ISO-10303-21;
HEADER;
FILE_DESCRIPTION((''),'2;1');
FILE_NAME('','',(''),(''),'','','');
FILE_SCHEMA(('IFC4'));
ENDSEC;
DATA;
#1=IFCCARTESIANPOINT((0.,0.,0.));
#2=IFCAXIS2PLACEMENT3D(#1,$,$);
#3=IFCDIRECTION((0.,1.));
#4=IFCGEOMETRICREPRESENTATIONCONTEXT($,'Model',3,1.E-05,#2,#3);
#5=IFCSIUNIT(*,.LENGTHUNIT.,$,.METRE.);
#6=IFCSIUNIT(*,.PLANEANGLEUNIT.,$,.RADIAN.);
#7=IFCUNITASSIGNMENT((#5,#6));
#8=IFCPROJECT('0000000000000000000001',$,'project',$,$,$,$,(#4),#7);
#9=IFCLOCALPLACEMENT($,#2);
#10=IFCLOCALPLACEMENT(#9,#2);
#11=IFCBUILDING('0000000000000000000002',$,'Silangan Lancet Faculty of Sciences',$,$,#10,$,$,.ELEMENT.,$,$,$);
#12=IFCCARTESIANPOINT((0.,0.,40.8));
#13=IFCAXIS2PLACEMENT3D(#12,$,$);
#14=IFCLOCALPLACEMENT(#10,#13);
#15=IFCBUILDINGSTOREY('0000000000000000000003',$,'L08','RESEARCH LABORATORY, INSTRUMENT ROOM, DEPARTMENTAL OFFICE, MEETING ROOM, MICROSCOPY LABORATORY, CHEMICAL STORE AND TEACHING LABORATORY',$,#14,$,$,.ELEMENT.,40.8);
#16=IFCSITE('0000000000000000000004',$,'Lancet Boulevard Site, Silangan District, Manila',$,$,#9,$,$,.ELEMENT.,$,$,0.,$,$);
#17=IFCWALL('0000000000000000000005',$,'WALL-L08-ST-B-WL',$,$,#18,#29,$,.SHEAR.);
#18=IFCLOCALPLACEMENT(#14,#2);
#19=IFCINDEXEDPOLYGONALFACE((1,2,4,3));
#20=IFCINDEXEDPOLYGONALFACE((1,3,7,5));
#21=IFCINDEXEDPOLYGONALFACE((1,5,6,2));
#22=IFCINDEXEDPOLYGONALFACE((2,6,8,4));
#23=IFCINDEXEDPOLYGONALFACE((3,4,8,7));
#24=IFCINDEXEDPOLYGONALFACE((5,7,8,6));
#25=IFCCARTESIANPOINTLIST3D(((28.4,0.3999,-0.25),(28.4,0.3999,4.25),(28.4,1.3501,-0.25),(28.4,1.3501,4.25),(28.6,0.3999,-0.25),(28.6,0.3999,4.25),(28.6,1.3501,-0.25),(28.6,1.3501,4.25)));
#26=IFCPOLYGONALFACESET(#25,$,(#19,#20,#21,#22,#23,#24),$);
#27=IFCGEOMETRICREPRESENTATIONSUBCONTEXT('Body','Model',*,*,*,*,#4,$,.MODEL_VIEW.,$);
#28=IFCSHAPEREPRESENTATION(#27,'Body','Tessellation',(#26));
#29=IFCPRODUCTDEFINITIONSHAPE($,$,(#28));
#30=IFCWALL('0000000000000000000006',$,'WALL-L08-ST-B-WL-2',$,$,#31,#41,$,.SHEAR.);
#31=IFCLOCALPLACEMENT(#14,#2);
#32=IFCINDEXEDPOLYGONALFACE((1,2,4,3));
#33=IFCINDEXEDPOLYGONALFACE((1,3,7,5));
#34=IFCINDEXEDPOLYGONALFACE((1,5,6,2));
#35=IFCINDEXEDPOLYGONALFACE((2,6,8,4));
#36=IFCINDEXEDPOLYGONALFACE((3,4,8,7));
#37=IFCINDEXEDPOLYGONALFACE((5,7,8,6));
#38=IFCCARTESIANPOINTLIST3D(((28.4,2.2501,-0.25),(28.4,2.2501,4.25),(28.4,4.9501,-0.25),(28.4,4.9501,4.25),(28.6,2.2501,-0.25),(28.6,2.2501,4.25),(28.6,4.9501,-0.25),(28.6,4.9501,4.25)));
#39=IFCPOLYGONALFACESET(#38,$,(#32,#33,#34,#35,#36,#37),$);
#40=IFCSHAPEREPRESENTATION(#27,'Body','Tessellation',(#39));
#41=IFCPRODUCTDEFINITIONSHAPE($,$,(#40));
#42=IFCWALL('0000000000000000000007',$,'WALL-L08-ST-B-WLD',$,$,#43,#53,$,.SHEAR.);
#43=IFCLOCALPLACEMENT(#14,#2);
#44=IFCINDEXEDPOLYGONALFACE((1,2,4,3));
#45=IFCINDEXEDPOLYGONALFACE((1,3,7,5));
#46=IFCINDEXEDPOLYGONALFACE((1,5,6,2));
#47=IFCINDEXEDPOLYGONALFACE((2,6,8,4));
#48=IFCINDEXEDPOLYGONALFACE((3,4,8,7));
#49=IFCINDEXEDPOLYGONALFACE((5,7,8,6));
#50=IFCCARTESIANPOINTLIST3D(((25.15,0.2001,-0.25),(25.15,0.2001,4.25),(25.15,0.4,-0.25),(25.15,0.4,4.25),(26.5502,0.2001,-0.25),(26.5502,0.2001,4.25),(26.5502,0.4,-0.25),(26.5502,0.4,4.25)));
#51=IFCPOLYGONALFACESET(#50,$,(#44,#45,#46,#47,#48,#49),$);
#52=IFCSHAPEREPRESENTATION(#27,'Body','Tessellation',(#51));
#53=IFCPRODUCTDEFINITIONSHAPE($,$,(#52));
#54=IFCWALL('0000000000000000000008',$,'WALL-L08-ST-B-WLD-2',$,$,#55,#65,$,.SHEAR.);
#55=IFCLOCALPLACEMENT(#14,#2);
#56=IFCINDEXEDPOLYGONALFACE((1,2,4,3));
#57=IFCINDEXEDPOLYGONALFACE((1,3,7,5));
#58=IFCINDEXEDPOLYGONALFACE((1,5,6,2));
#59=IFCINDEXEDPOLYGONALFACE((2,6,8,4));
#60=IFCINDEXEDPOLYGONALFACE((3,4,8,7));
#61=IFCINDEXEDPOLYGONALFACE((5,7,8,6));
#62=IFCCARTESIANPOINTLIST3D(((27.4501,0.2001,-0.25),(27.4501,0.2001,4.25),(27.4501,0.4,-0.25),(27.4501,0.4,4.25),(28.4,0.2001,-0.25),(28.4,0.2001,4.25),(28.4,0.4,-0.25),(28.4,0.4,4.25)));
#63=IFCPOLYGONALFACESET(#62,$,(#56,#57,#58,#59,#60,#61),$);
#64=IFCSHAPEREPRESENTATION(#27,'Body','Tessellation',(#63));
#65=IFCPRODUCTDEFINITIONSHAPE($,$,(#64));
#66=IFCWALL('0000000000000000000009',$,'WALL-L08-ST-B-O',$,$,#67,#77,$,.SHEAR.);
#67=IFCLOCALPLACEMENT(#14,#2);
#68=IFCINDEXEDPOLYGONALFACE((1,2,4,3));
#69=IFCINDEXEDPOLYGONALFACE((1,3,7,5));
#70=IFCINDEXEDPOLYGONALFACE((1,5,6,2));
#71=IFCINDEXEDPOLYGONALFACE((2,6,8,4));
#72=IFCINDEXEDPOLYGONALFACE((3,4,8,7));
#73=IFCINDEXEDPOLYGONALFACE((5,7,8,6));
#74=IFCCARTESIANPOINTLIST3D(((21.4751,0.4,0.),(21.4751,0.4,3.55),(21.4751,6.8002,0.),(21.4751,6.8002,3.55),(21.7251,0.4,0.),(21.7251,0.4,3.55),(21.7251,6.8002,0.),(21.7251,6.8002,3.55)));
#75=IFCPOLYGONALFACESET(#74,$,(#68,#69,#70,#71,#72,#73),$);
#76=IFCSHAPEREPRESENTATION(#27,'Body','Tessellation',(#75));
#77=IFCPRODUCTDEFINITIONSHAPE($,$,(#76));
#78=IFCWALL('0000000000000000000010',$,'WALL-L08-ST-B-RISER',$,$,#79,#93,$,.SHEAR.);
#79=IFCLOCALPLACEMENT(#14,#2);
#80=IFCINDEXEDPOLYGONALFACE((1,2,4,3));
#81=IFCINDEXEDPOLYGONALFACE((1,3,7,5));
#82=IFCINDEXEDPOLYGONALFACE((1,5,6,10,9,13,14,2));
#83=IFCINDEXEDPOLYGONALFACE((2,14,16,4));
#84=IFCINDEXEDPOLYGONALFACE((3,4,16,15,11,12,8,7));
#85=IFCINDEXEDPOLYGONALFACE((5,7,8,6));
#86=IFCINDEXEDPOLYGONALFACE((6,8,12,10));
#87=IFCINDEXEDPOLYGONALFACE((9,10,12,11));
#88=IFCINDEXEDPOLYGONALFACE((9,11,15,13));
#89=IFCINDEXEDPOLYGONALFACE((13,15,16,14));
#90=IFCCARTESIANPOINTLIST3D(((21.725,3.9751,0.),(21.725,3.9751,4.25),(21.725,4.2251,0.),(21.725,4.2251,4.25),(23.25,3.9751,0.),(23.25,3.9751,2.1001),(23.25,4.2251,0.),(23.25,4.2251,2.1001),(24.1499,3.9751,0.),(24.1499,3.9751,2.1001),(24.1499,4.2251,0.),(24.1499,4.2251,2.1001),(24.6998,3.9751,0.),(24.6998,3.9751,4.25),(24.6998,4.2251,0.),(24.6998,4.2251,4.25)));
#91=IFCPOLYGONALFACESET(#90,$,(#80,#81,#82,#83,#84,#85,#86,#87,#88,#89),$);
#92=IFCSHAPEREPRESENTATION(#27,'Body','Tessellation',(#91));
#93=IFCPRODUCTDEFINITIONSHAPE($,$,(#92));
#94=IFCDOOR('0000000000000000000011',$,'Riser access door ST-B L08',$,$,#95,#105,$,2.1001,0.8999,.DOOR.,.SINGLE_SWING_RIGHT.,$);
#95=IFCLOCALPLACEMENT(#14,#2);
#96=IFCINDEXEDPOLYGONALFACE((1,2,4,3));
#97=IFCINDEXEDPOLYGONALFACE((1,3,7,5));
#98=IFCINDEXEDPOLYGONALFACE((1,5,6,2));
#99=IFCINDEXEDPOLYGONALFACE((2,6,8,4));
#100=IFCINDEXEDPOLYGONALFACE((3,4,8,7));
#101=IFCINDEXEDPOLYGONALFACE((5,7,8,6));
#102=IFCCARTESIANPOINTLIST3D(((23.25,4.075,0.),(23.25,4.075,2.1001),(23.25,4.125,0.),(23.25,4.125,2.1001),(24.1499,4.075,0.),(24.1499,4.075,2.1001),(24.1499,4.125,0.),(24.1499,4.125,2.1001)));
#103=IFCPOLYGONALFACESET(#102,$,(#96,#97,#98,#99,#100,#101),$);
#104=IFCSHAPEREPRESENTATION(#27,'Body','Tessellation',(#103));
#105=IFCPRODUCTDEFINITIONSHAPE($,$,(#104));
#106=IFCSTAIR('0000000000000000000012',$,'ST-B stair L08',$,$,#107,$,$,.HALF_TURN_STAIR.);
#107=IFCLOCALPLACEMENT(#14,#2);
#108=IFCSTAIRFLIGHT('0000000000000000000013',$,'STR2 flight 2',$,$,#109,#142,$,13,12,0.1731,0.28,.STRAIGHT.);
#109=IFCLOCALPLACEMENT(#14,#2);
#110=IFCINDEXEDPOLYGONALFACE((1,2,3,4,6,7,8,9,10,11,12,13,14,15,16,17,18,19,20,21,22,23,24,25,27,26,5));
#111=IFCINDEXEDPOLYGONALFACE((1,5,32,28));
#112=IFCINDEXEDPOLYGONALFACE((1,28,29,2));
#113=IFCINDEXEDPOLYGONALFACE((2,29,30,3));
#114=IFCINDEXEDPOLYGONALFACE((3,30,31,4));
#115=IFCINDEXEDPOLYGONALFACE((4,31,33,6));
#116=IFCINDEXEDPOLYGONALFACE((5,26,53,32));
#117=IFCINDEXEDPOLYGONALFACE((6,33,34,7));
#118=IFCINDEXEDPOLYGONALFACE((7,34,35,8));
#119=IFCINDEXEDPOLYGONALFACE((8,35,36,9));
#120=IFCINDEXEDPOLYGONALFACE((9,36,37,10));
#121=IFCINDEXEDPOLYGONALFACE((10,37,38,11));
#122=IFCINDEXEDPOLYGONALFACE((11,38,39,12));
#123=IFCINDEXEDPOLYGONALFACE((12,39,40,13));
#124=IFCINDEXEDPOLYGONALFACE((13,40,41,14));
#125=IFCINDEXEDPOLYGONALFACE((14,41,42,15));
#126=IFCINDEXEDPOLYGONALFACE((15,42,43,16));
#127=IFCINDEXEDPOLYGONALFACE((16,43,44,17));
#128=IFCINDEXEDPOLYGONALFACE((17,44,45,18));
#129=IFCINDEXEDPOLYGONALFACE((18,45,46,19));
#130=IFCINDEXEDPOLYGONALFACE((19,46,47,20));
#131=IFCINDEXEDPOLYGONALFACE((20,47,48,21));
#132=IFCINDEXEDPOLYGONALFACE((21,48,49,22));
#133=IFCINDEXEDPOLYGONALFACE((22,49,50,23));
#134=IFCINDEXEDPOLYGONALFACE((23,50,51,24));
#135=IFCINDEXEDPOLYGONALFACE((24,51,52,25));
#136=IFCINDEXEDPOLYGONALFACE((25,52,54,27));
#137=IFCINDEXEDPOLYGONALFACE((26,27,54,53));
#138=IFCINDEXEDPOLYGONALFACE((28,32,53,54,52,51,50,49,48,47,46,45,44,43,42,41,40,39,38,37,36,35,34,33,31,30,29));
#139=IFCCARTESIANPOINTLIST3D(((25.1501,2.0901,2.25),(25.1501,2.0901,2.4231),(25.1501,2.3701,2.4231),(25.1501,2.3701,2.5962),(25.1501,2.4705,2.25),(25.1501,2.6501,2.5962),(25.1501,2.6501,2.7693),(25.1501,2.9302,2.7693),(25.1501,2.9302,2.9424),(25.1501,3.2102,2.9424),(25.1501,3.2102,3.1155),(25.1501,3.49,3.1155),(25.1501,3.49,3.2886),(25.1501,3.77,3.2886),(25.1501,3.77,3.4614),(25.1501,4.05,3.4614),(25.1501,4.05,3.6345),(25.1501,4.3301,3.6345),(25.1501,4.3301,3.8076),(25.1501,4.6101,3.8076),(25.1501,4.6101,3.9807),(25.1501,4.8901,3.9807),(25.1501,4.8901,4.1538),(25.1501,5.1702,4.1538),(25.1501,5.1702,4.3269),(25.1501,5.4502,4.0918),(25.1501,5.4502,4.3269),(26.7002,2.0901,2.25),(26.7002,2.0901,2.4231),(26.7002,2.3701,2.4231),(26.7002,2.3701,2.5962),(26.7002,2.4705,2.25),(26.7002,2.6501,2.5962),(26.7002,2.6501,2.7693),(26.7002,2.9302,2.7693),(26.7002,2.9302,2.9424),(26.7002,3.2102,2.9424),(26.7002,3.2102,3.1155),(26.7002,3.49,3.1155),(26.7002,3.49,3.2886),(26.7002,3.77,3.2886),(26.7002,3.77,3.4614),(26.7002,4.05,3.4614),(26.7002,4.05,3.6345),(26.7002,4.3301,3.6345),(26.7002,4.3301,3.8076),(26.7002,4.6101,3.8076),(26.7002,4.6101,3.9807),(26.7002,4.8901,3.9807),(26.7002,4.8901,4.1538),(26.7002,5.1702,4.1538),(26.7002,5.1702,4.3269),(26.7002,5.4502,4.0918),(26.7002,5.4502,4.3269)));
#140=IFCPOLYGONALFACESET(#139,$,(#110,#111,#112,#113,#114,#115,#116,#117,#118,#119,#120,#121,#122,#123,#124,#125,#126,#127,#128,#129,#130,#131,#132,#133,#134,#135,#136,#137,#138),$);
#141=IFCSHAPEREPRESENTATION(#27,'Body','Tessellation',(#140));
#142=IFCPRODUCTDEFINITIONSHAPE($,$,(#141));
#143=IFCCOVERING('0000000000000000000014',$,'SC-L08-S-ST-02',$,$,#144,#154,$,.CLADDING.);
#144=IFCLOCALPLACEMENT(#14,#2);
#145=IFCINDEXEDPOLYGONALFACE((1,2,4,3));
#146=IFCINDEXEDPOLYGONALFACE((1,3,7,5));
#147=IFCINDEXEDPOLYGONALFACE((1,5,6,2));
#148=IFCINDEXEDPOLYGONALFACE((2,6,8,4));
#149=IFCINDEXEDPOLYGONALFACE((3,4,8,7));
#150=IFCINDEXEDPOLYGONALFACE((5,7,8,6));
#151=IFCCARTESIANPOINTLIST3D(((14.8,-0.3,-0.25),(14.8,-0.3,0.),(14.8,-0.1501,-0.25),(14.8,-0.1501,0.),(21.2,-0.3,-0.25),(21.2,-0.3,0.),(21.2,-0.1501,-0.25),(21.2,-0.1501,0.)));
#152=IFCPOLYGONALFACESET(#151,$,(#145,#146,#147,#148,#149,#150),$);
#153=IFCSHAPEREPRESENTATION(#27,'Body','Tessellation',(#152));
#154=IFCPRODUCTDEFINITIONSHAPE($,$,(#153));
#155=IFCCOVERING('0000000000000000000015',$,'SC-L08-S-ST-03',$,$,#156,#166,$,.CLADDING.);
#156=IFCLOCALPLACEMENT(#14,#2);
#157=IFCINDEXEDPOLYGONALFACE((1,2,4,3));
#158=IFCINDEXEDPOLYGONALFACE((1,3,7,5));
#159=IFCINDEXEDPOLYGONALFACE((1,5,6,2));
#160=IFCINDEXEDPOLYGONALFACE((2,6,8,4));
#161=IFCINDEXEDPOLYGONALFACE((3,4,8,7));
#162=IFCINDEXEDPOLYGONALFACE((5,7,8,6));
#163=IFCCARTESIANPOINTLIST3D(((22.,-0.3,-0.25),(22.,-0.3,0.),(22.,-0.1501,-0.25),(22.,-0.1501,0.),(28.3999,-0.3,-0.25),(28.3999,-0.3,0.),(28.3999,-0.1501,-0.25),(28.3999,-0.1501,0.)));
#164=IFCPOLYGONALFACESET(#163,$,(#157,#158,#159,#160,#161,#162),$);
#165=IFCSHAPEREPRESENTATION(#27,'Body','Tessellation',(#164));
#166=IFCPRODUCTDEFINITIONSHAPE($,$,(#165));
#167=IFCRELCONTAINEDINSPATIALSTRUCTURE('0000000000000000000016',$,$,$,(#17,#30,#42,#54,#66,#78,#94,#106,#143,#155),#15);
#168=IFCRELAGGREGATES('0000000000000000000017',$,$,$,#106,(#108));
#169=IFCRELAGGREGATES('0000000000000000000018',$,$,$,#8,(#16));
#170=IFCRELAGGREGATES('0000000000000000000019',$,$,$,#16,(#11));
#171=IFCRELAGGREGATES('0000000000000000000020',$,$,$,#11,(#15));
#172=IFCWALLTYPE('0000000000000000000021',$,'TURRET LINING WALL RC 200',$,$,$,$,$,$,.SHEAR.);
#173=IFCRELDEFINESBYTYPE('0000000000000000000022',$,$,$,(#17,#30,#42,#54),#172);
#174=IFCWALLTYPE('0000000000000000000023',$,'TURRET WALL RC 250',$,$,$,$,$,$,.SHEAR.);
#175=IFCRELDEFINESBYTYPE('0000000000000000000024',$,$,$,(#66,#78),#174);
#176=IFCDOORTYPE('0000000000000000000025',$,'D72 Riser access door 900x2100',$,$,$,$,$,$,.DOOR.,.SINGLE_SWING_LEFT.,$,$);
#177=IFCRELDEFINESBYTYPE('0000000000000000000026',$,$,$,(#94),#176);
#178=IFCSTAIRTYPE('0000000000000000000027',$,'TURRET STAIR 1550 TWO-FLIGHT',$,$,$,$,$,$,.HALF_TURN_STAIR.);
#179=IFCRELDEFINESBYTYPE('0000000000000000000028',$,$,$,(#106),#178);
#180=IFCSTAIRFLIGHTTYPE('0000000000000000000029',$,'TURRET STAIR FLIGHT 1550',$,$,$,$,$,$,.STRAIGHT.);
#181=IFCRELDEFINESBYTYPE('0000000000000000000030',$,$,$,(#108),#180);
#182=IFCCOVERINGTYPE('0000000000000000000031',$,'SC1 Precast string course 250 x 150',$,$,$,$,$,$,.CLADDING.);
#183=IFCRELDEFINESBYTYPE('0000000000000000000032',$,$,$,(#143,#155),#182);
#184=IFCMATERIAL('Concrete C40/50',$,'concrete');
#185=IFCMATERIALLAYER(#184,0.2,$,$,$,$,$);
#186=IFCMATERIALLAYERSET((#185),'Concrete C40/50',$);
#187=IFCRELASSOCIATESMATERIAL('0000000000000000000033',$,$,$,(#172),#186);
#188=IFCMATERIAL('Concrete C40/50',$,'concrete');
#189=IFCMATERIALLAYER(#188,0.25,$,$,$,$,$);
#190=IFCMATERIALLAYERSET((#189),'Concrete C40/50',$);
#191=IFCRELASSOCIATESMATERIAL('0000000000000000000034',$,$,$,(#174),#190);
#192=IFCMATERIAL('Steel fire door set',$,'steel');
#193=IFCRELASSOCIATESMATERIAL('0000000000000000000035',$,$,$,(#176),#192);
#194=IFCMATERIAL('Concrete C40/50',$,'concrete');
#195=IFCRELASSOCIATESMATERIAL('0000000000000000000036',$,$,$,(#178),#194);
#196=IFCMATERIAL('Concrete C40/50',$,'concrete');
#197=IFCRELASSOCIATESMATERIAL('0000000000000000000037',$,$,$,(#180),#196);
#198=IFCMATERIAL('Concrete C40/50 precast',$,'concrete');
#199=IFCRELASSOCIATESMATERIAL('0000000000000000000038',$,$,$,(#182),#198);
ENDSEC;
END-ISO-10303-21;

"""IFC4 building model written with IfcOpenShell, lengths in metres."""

from ifc_helpers import new_model, si_unit, direction, frame, frame_2d, origin, origin_2d, place, context, subcontext, project, spatial, polyline, rectangle, outline, extrude, material, layer, layer_set, type_object, element, fill, aggregate, save


model = new_model("IFC4")

# Units and contexts
model_context = context("Model", 3, precision=1e-05, world=origin(), true_north=direction((0.0, 1.0)))
body_context = subcontext(model_context, "Body", "Model", "MODEL_VIEW")
ifc_project = project(units=[si_unit("LENGTHUNIT", "METRE"), si_unit("PLANEANGLEUNIT", "RADIAN")], contexts=[model_context])

# Site, building, storey
site_placement = place(None, origin())
site = spatial("IfcSite", under=ifc_project, at=site_placement, Name="Lancet Boulevard Site, Silangan District, Manila", CompositionType="ELEMENT", RefElevation=0.0)
building_placement = place(site_placement, origin())
building = spatial("IfcBuilding", under=site, at=building_placement, Name="Silangan Lancet Faculty of Sciences", CompositionType="ELEMENT")
storey_placement = place(building_placement, frame((0.0, 0.0, 40.8)))
storey = spatial("IfcBuildingStorey", under=building, at=storey_placement, Name="L08", Description="RESEARCH LABORATORY, INSTRUMENT ROOM, DEPARTMENTAL OFFICE, MEETING ROOM, MICROSCOPY LABORATORY, CHEMICAL STORE AND TEACHING LABORATORY", CompositionType="ELEMENT", Elevation=40.8)

# Walls
ifc_material_1 = material(Name="Concrete C40/50", Category="concrete")
ifc_layer_1 = layer(ifc_material_1, 0.2)
ifc_layer_set_1 = layer_set([ifc_layer_1], Name="Concrete C40/50")
wall_type_1 = type_object("IfcWallType", Name="TURRET LINING WALL RC 200", PredefinedType="SHEAR", material=ifc_layer_set_1)
wall_1_placement = place(storey_placement, frame((28.5, 0.3999, -0.25), z_axis=(0.0, 0.0, 1.0), x_axis=(0.0, 1.0, 0.0)))
element("IfcWall", 1, at=wall_1_placement, inside=storey, type_object=wall_type_1, Name="WALL-L08-ST-B-WL", PredefinedType="SHEAR", context=body_context, shape_type="SweptSolid", body=[
    extrude(rectangle(XDim=0.9502, YDim=0.2, at=frame_2d((0.4751, 0.0))), origin(), (0.0, 0.0, 1.0), 4.5),
])
wall_2_placement = place(storey_placement, frame((28.5, 2.25, -0.25), z_axis=(0.0, 0.0, 1.0), x_axis=(0.0, 1.0, 0.0)))
element("IfcWall", 2, at=wall_2_placement, inside=storey, type_object=wall_type_1, Name="WALL-L08-ST-B-WL-2", PredefinedType="SHEAR", context=body_context, shape_type="SweptSolid", body=[
    extrude(rectangle(XDim=2.7, YDim=0.2, at=frame_2d((1.3501, 0.0))), origin(), (0.0, 0.0, 1.0), 4.5),
])
wall_3_placement = place(storey_placement, frame((25.1499, 0.3, -0.25), z_axis=(0.0, 0.0, 1.0), x_axis=(1.0, 0.0, 0.0)))
element("IfcWall", 3, at=wall_3_placement, inside=storey, type_object=wall_type_1, Name="WALL-L08-ST-B-WLD", PredefinedType="SHEAR", context=body_context, shape_type="SweptSolid", body=[
    extrude(rectangle(XDim=1.4001, YDim=0.2, at=frame_2d((0.7002, 0.0))), origin(), (0.0, 0.0, 1.0), 4.5),
])
wall_4_placement = place(storey_placement, frame((27.45, 0.3, -0.25), z_axis=(0.0, 0.0, 1.0), x_axis=(1.0, 0.0, 0.0)))
element("IfcWall", 4, at=wall_4_placement, inside=storey, type_object=wall_type_1, Name="WALL-L08-ST-B-WLD-2", PredefinedType="SHEAR", context=body_context, shape_type="SweptSolid", body=[
    extrude(rectangle(XDim=0.95, YDim=0.2, at=frame_2d((0.4751, 0.0))), origin(), (0.0, 0.0, 1.0), 4.5),
])
ifc_material_2 = material(Name="Concrete C40/50", Category="concrete")
ifc_layer_2 = layer(ifc_material_2, 0.25)
ifc_layer_set_2 = layer_set([ifc_layer_2], Name="Concrete C40/50")
wall_type_2 = type_object("IfcWallType", Name="TURRET WALL RC 250", PredefinedType="SHEAR", material=ifc_layer_set_2)
wall_5_placement = place(storey_placement, frame((21.6001, 0.3999, 0.0), z_axis=(0.0, 0.0, 1.0), x_axis=(0.0, 1.0, 0.0)))
element("IfcWall", 5, at=wall_5_placement, inside=storey, type_object=wall_type_2, Name="WALL-L08-ST-B-O", PredefinedType="SHEAR", context=body_context, shape_type="SweptSolid", body=[
    extrude(rectangle(XDim=6.4001, YDim=0.25, at=frame_2d((3.2002, 0.0))), origin(), (0.0, 0.0, 1.0), 3.55),
])

# Wall, opening, door
wall_6_placement = place(storey_placement, frame((21.7251, 4.1001, 0.0), z_axis=(0.0, 0.0, 1.0), x_axis=(1.0, 0.0, 0.0)))
wall_6 = element("IfcWall", 6, at=wall_6_placement, inside=storey, type_object=wall_type_2, Name="WALL-L08-ST-B-RISER", PredefinedType="SHEAR", context=body_context, shape_type="SweptSolid", body=[
    extrude(rectangle(XDim=2.9749, YDim=0.25, at=frame_2d((1.4873, 0.0))), origin(), (0.0, 0.0, 1.0), 4.25),
])
opening_1_placement = place(wall_6_placement, frame((1.5249, 0.0, 0.0)))
opening_1 = element("IfcOpeningElement", 7, at=opening_1_placement, cuts=wall_6, PredefinedType="OPENING", context=body_context, shape_type="SweptSolid", body=[
    extrude(rectangle(XDim=0.8999, YDim=2.1001, at=frame_2d((0.45, 1.05))), frame((0.0, 0.135, 0.0), z_axis=(0.0, -1.0, 0.0), x_axis=(1.0, 0.0, 0.0)), (0.0, 0.0, 1.0), 0.27),
])
ifc_material_3 = material(Name="Steel fire door set", Category="steel")
door_type_1 = type_object("IfcDoorType", Name="D72 Riser access door 900x2100", OperationType="SINGLE_SWING_LEFT", PredefinedType="DOOR", material=ifc_material_3)
door_1_placement = place(opening_1_placement, frame((0.8999, 0.0, 0.0), z_axis=(0.0, 0.0, 1.0), x_axis=(-1.0, 0.0, 0.0)))
door_1 = element("IfcDoor", 8, at=door_1_placement, inside=storey, type_object=door_type_1, Name="Riser access door ST-B L08", OperationType="SINGLE_SWING_RIGHT", OverallHeight=2.1001, OverallWidth=0.8999, PredefinedType="DOOR", context=body_context, shape_type="SweptSolid", body=[
    extrude(rectangle(XDim=0.8999, YDim=2.1001, at=frame_2d((0.45, 1.05))), frame((0.0, 0.0251, 0.0), z_axis=(0.0, -1.0, 0.0), x_axis=(1.0, 0.0, 0.0)), (0.0, 0.0, 1.0), 0.05),
])
fill(opening_1, door_1)

# Stair, stair flight
ifc_material_4 = material(Name="Concrete C40/50", Category="concrete")
stair_type = type_object("IfcStairType", Name="TURRET STAIR 1550 TWO-FLIGHT", PredefinedType="HALF_TURN_STAIR", material=ifc_material_4)
stair_placement = place(storey_placement, origin())
stair = element("IfcStair", 9, at=stair_placement, inside=storey, type_object=stair_type, Name="ST-B stair L08", PredefinedType="HALF_TURN_STAIR")
ifc_material_5 = material(Name="Concrete C40/50", Category="concrete")
stair_flight_type = type_object("IfcStairFlightType", Name="TURRET STAIR FLIGHT 1550", PredefinedType="STRAIGHT", material=ifc_material_5)
stair_flight_placement = place(storey_placement, frame((25.925, 2.0901, 2.25), z_axis=(0.0, 0.0, 1.0), x_axis=(0.0, 1.0, 0.0)))
stair_flight = element("IfcStairFlight", 10, at=stair_flight_placement, type_object=stair_flight_type, Name="STR2 flight 2", NumberOfRisers=13, NumberOfTreads=12, PredefinedType="STRAIGHT", RiserHeight=0.1731, TreadLength=0.28, context=body_context, shape_type="SweptSolid", body=[
    extrude(outline(polyline([(0.0, 0.0), (0.0, 0.1731), (0.28, 0.1731), (0.28, 0.3462), (0.5601, 0.3462), (0.5601, 0.5193), (0.8401, 0.5193), (0.8401, 0.6924), (1.1201, 0.6924), (1.1201, 0.8655), (1.3999, 0.8655), (1.3999, 1.0386), (1.6799, 1.0386), (1.6799, 1.2114), (1.96, 1.2114), (1.96, 1.3845), (2.24, 1.3845), (2.24, 1.5576), (2.52, 1.5576), (2.52, 1.7307), (2.8, 1.7307), (2.8, 1.9038), (3.0801, 1.9038), (3.0801, 2.0769), (3.3601, 2.0769), (3.3601, 2.25), (3.3601, 1.8418), (0.3804, 0.0), (0.0, 0.0)])), frame((0.0, 0.7749, 0.0), z_axis=(0.0, -1.0, 0.0), x_axis=(1.0, 0.0, 0.0)), (0.0, 0.0, 1.0), 1.55),
])
aggregate(stair, [stair_flight])

# Coverings
ifc_material_6 = material(Name="Concrete C40/50 precast", Category="concrete")
covering_type = type_object("IfcCoveringType", Name="SC1 Precast string course 250 x 150", PredefinedType="CLADDING", material=ifc_material_6)
for number, where, z_axis, x_axis, name in (
    (11, (18.0, -0.2251, -0.25), (0.0, 0.0, 1.0), (1.0, 0.0, 0.0), "SC-L08-S-ST-02"),
    (12, (25.2, -0.2251, -0.25), (0.0, 0.0, 1.0), (1.0, 0.0, 0.0), "SC-L08-S-ST-03"),
):
    element("IfcCovering", number, at=place(storey_placement, frame(where, z_axis=z_axis, x_axis=x_axis)), inside=storey, type_object=covering_type, Name=name, PredefinedType="CLADDING", context=body_context, shape_type="SweptSolid", body=[
        extrude(rectangle(XDim=6.3999, YDim=0.1499, at=origin_2d()), origin(), (0.0, 0.0, 1.0), 0.25),
    ])

save(model, "model.ifc")
